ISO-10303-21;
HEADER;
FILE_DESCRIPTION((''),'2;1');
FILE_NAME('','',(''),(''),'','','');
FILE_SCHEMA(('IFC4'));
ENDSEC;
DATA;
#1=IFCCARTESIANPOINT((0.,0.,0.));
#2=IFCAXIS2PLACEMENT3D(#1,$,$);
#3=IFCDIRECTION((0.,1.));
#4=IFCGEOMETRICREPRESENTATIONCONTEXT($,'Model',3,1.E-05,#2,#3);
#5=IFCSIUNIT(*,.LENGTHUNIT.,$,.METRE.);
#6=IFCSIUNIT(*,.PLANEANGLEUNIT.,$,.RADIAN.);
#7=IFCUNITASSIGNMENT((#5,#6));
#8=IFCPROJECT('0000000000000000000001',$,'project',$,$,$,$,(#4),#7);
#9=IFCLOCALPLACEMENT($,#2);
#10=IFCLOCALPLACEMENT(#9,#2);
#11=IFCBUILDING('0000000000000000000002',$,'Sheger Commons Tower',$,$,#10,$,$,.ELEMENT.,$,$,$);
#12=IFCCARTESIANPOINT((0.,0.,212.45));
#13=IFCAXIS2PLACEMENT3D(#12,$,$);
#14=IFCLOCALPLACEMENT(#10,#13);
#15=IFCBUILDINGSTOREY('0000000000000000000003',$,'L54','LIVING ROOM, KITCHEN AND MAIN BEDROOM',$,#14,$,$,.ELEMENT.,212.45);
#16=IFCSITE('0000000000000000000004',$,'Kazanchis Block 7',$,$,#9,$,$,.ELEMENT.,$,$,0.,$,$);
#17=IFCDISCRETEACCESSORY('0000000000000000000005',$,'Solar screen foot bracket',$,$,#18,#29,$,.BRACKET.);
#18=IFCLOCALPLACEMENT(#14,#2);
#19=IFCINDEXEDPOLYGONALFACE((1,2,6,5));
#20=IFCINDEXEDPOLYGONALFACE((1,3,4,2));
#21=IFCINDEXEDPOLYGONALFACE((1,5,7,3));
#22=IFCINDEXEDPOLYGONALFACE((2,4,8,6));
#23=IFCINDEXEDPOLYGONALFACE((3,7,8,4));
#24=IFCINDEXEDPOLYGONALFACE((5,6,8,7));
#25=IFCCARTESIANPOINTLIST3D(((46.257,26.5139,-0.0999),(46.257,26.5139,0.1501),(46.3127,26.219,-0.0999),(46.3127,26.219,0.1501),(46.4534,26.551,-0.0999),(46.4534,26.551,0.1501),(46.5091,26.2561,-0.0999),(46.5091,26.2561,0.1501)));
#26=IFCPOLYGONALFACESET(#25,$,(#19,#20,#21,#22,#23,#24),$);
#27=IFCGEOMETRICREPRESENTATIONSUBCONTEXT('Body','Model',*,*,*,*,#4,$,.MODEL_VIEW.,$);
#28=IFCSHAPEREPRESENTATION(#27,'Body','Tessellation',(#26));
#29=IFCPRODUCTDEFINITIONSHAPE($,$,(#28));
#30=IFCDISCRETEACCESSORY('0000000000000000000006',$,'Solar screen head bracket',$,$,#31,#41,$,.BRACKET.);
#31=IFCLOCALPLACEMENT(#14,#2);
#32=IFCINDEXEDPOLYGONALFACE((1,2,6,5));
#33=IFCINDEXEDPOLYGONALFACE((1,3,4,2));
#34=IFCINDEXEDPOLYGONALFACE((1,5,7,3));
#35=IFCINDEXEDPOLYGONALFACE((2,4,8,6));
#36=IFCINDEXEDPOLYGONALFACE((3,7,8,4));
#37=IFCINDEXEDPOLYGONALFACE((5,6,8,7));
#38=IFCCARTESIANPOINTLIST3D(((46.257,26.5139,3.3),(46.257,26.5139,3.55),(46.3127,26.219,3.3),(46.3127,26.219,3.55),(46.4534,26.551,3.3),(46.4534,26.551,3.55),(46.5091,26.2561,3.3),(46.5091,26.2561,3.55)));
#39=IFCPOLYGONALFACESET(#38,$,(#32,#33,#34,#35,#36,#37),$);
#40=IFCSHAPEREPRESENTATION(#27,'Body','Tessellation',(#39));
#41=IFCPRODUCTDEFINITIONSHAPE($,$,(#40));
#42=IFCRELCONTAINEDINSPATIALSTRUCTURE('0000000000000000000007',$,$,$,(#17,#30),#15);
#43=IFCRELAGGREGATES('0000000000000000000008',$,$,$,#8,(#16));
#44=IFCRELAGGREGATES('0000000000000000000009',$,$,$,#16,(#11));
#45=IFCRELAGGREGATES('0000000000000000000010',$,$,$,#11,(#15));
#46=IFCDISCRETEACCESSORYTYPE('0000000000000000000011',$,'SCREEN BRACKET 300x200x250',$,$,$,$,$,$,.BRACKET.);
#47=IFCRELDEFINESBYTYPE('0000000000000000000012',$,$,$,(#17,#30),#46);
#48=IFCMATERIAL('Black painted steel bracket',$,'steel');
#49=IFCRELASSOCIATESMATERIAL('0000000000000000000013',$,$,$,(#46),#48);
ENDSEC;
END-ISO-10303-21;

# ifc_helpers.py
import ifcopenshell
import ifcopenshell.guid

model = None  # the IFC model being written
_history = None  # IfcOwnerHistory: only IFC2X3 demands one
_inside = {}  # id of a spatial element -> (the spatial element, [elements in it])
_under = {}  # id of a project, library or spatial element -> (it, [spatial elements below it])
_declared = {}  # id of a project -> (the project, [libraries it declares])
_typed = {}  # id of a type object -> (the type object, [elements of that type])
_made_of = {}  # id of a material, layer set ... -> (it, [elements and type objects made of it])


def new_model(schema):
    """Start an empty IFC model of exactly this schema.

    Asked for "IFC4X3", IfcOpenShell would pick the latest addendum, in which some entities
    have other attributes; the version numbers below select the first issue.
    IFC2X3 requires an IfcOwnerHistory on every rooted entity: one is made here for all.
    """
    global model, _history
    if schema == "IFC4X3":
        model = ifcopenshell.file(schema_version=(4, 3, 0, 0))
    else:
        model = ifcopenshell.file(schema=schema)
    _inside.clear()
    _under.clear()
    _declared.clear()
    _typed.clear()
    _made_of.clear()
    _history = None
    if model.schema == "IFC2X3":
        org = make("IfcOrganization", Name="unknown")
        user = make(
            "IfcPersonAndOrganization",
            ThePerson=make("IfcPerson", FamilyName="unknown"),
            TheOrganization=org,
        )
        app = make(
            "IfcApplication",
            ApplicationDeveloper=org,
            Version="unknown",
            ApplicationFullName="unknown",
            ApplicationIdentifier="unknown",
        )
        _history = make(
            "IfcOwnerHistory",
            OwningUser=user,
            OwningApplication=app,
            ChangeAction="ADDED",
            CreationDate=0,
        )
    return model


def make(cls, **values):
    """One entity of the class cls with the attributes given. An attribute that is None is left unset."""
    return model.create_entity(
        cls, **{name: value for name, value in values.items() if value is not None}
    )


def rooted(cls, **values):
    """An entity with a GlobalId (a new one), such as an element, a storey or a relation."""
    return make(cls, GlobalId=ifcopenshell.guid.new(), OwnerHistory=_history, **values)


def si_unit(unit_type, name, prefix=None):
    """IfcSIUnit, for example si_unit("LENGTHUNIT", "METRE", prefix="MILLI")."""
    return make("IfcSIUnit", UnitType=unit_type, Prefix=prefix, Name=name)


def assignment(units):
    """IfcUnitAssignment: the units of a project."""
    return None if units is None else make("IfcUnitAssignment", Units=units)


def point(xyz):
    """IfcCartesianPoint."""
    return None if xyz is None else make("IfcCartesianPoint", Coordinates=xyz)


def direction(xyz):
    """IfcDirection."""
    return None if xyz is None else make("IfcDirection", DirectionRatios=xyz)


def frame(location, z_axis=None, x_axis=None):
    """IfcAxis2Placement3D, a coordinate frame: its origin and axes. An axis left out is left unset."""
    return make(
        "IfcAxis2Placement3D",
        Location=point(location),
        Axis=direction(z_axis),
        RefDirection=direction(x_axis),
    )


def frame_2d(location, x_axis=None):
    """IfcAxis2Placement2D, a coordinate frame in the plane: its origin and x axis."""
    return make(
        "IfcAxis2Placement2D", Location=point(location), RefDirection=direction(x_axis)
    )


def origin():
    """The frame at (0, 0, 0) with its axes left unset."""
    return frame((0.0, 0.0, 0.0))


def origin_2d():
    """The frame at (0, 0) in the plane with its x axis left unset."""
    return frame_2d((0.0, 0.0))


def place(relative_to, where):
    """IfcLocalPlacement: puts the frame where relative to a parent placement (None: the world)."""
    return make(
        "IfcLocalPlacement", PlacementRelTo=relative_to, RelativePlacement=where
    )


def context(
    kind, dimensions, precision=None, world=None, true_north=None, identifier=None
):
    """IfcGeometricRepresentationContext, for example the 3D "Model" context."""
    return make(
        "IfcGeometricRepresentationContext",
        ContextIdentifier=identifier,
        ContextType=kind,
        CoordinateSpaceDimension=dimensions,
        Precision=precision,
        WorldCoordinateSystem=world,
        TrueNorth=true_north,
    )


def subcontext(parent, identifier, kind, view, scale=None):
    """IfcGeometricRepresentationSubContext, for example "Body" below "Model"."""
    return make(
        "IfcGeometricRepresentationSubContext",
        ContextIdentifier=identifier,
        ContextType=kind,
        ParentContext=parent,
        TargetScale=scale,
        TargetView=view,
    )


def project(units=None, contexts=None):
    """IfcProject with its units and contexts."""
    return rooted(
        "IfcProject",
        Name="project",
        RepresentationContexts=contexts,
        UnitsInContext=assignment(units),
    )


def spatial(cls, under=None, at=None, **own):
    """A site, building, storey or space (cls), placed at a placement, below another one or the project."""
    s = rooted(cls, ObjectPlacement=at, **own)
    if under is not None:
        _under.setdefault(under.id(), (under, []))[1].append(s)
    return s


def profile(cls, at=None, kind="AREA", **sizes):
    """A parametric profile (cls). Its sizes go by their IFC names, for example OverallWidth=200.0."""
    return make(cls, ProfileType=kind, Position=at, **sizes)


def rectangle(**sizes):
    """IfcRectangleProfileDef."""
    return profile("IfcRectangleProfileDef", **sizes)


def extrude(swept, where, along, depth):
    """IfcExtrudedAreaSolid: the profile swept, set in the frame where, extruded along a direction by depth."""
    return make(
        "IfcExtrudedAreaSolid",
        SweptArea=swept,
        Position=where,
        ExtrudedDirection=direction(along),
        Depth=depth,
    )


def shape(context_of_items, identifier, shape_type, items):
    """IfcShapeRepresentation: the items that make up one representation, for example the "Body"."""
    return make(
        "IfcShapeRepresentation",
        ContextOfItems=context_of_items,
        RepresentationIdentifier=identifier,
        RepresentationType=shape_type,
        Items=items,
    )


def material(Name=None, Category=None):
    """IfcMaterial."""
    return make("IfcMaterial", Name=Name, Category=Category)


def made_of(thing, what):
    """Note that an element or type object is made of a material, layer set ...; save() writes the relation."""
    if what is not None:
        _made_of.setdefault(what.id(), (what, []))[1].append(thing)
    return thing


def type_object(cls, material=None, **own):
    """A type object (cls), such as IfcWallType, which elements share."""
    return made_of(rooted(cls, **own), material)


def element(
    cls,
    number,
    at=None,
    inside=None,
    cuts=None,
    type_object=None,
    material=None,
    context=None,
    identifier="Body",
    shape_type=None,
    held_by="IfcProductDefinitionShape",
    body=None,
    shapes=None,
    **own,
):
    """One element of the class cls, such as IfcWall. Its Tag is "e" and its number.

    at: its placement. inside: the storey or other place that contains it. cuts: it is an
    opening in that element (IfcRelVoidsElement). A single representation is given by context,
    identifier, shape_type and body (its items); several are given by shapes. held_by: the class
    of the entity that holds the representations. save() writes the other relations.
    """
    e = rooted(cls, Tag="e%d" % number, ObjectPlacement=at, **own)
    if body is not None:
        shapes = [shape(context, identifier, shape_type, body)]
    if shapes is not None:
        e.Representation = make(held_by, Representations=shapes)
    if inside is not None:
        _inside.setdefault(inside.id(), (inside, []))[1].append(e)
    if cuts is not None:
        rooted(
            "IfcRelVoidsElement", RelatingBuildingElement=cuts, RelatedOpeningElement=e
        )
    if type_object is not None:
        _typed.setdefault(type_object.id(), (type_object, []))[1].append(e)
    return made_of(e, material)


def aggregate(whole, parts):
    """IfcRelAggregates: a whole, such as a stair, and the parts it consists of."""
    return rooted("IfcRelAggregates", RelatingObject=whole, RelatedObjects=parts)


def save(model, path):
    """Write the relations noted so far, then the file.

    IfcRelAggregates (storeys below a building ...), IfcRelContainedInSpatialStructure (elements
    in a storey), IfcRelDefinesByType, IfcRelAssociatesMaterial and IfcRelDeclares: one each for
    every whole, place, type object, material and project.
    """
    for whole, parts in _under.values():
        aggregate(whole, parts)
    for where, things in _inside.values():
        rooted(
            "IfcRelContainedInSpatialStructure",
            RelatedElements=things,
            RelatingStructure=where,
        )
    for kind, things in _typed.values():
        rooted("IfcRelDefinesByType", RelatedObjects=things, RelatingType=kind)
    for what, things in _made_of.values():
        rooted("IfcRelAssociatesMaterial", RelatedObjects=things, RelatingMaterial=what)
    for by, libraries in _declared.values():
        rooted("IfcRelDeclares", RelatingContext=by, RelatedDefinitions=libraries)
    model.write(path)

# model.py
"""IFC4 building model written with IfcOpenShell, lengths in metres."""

from ifc_helpers import new_model, si_unit, direction, frame, origin, origin_2d, place, context, subcontext, project, spatial, rectangle, extrude, material, type_object, element, save


model = new_model("IFC4")

# Units and contexts
model_context = context("Model", 3, precision=1e-05, world=origin(), true_north=direction((0.0, 1.0)))
body_context = subcontext(model_context, "Body", "Model", "MODEL_VIEW")
ifc_project = project(units=[si_unit("LENGTHUNIT", "METRE"), si_unit("PLANEANGLEUNIT", "RADIAN")], contexts=[model_context])

# Site, building, storey
site_placement = place(None, origin())
site = spatial("IfcSite", under=ifc_project, at=site_placement, Name="Kazanchis Block 7", CompositionType="ELEMENT", RefElevation=0.0)
building_placement = place(site_placement, origin())
building = spatial("IfcBuilding", under=site, at=building_placement, Name="Sheger Commons Tower", CompositionType="ELEMENT")
storey_placement = place(building_placement, frame((0.0, 0.0, 212.45)))
storey = spatial("IfcBuildingStorey", under=building, at=storey_placement, Name="L54", Description="LIVING ROOM, KITCHEN AND MAIN BEDROOM", CompositionType="ELEMENT", Elevation=212.45)

# Discrete accessories
ifc_material_1 = material(Name="Black painted steel bracket", Category="steel")
discrete_accessory_type = type_object("IfcDiscreteAccessoryType", Name="SCREEN BRACKET 300x200x250", PredefinedType="BRACKET", material=ifc_material_1)
for number, where, z_axis, x_axis, name in (
    (1, (46.3831, 26.385, -0.0999), (0.0, 0.0, 1.0), (-0.185615, 0.982623, 0.0), "Solar screen foot bracket"),
    (2, (46.3831, 26.385, 3.3), (0.0, 0.0, 1.0), (-0.185615, 0.982623, 0.0), "Solar screen head bracket"),
):
    element("IfcDiscreteAccessory", number, at=place(storey_placement, frame(where, z_axis=z_axis, x_axis=x_axis)), inside=storey, type_object=discrete_accessory_type, Name=name, PredefinedType="BRACKET", context=body_context, shape_type="SweptSolid", body=[
        extrude(rectangle(XDim=0.3, YDim=0.2, at=origin_2d()), origin(), (0.0, 0.0, 1.0), 0.25),
    ])

save(model, "model.ifc")
